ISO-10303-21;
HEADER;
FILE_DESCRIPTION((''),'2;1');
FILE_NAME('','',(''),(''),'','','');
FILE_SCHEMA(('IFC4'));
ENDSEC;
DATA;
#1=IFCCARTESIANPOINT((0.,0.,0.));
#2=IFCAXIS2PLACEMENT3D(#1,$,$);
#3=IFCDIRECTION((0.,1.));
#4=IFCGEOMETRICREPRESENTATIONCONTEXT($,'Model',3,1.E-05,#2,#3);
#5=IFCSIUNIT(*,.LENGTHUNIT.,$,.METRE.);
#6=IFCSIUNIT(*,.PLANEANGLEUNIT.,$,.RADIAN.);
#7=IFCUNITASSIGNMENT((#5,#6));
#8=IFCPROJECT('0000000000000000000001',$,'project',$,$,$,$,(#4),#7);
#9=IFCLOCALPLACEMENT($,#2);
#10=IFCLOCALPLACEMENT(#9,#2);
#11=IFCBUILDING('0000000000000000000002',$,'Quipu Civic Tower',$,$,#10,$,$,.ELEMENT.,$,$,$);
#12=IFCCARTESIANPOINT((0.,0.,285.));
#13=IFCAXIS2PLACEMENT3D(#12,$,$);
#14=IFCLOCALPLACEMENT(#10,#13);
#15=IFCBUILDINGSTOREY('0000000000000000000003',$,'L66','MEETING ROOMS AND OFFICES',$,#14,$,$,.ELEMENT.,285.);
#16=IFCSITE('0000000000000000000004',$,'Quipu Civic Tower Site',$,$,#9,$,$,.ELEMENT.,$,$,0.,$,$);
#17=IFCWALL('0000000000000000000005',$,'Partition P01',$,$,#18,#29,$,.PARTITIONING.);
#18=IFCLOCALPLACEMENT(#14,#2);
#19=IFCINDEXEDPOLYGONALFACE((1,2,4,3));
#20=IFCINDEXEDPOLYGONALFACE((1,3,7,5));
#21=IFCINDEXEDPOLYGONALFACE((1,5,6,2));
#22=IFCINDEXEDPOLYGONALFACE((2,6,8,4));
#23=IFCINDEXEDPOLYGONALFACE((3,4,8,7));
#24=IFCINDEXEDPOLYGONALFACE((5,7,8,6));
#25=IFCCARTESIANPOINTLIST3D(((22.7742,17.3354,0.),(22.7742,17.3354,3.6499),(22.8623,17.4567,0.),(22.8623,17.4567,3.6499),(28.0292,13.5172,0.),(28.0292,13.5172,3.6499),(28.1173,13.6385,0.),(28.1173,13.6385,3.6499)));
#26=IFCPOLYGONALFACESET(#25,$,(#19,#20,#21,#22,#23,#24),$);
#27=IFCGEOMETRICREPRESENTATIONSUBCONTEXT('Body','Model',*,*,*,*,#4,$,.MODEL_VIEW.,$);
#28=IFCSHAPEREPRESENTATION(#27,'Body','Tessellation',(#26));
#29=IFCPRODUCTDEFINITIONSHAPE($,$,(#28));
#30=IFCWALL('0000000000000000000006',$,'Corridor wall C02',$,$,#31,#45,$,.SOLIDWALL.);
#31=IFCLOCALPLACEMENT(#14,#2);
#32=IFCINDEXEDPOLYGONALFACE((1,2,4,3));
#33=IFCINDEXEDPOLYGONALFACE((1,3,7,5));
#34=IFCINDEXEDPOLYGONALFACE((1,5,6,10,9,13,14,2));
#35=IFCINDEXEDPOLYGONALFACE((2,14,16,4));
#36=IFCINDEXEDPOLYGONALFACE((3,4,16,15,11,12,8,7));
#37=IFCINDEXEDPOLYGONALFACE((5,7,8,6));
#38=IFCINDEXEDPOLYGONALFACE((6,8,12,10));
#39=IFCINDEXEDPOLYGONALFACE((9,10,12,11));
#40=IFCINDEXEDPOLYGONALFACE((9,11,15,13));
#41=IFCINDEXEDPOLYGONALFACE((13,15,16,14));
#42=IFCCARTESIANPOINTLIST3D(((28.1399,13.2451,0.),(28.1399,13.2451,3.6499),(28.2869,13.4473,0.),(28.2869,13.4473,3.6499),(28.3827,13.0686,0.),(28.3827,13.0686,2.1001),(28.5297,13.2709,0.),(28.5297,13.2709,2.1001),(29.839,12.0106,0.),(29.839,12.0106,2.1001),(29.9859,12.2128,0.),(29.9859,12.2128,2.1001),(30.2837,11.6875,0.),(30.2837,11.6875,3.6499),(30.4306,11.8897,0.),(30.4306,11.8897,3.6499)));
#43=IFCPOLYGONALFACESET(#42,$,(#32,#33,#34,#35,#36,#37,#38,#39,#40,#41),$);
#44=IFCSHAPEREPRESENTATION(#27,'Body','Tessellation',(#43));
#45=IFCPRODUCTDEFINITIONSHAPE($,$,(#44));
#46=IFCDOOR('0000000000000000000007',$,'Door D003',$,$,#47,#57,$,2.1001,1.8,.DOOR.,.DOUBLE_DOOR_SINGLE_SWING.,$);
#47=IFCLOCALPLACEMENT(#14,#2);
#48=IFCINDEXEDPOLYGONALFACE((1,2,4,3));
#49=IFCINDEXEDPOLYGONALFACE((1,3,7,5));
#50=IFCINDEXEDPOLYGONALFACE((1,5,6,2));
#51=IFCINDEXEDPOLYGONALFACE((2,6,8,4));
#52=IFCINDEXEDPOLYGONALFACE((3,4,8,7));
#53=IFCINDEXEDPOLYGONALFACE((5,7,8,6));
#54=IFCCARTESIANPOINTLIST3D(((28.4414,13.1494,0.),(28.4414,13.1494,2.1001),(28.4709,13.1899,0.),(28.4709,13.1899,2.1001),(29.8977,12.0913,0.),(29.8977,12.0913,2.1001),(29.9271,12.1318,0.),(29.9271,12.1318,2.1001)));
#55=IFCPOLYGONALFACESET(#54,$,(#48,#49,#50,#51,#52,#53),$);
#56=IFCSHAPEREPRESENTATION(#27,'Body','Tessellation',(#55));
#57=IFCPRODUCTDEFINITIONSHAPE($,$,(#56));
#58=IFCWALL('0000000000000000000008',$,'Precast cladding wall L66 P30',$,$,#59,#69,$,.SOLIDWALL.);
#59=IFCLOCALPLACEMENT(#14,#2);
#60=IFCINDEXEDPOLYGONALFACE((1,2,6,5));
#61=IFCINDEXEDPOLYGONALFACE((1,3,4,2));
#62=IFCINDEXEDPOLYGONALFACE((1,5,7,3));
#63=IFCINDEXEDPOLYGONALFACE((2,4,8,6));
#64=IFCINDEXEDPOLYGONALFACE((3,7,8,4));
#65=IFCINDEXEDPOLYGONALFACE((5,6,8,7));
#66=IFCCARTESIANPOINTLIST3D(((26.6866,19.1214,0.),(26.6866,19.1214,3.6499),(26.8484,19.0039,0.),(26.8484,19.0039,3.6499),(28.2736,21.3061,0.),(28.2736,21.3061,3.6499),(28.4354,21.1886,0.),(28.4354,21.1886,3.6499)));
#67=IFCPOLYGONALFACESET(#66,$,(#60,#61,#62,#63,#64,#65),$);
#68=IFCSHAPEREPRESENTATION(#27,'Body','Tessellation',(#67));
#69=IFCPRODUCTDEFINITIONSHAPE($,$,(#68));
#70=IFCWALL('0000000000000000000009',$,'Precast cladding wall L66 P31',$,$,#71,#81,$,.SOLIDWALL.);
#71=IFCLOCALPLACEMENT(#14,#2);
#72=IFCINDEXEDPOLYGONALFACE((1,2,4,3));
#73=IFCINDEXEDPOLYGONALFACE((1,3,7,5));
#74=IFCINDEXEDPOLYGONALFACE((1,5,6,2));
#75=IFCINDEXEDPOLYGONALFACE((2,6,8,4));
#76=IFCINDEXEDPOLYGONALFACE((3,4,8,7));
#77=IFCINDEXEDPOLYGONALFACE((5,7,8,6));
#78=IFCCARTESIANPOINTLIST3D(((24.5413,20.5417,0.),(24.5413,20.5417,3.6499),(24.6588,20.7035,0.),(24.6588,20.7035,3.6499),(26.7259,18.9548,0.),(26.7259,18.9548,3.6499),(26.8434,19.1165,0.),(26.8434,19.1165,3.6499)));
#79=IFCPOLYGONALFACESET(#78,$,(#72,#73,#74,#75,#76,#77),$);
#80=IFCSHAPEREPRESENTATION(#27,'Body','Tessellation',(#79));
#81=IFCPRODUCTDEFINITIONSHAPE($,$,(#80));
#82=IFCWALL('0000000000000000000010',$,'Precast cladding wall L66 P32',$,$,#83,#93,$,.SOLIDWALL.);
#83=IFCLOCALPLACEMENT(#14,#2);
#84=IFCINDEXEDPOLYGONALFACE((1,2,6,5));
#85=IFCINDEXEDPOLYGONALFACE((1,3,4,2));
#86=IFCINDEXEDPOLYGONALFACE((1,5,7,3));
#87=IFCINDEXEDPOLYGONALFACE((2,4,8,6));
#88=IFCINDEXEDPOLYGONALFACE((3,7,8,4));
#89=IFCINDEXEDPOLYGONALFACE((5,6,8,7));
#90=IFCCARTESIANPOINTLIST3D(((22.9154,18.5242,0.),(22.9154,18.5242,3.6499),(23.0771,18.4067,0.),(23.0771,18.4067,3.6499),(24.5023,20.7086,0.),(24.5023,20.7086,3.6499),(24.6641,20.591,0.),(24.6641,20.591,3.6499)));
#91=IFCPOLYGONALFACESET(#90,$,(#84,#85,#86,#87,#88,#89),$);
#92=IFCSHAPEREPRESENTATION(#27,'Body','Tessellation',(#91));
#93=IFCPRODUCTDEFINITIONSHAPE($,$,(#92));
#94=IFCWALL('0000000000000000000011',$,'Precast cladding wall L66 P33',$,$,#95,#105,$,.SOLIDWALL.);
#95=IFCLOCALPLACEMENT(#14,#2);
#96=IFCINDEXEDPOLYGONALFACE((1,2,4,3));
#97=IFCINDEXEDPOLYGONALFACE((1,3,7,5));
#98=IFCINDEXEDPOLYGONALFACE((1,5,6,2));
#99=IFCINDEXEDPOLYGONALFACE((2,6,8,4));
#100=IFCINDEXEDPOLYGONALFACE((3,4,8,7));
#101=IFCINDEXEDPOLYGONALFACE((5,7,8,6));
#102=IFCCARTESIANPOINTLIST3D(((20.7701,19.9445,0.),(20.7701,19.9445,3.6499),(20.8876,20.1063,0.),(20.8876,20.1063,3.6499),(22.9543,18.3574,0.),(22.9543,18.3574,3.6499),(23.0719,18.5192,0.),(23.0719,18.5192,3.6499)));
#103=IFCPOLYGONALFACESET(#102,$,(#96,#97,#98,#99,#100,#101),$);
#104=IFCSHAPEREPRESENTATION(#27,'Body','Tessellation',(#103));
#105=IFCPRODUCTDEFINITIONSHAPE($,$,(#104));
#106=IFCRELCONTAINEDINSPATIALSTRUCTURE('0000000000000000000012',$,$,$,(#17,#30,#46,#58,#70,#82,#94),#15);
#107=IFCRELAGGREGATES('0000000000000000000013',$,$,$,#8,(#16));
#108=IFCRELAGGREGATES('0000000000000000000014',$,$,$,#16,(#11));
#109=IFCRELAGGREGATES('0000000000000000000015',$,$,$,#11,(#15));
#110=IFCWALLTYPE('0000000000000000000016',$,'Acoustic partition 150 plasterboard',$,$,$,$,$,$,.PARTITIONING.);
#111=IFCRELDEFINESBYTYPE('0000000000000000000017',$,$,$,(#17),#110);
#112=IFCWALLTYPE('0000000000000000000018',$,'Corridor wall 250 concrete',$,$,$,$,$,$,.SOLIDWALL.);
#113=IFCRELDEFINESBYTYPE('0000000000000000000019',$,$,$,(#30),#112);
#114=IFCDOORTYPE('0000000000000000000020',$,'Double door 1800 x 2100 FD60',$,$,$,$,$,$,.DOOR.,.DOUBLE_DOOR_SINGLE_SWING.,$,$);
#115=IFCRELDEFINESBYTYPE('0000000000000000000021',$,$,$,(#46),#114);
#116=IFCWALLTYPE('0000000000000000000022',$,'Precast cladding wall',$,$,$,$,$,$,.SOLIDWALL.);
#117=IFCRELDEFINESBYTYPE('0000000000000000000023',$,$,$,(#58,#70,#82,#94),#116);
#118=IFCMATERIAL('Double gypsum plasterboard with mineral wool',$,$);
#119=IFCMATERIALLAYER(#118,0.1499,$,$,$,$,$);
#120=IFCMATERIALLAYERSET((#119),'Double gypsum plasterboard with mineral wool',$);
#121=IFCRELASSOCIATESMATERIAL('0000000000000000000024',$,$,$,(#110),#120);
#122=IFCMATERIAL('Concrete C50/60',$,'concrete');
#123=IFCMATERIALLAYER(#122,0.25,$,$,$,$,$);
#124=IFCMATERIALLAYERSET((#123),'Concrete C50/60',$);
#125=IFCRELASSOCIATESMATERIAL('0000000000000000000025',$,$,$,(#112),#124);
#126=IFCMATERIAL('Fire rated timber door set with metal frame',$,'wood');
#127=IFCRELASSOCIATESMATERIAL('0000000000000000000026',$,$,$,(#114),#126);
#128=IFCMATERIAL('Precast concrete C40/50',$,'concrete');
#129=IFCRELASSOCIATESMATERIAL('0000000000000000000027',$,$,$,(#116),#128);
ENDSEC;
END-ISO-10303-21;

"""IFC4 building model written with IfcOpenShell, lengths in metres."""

from ifc_helpers import new_model, si_unit, direction, frame, frame_2d, origin, place, context, subcontext, project, spatial, rectangle, extrude, material, layer, layer_set, type_object, element, fill, save


model = new_model("IFC4")

# Units and contexts
model_context = context("Model", 3, precision=1e-05, world=origin(), true_north=direction((0.0, 1.0)))
body_context = subcontext(model_context, "Body", "Model", "MODEL_VIEW")
ifc_project = project(units=[si_unit("LENGTHUNIT", "METRE"), si_unit("PLANEANGLEUNIT", "RADIAN")], contexts=[model_context])

# Site, building, storey
site_placement = place(None, origin())
site = spatial("IfcSite", under=ifc_project, at=site_placement, Name="Quipu Civic Tower Site", CompositionType="ELEMENT", RefElevation=0.0)
building_placement = place(site_placement, origin())
building = spatial("IfcBuilding", under=site, at=building_placement, Name="Quipu Civic Tower", CompositionType="ELEMENT")
storey_placement = place(building_placement, frame((0.0, 0.0, 285.0)))
storey = spatial("IfcBuildingStorey", under=building, at=storey_placement, Name="L66", Description="MEETING ROOMS AND OFFICES", CompositionType="ELEMENT", Elevation=285.0)

# Wall
ifc_material_1 = material(Name="Double gypsum plasterboard with mineral wool")
ifc_layer_1 = layer(ifc_material_1, 0.1499)
ifc_layer_set_1 = layer_set([ifc_layer_1], Name="Double gypsum plasterboard with mineral wool")
wall_type_1 = type_object("IfcWallType", Name="Acoustic partition 150 plasterboard", PredefinedType="PARTITIONING", material=ifc_layer_set_1)
wall_1_placement = place(storey_placement, frame((28.0732, 13.5779, 0.0), z_axis=(0.0, 0.0, 1.0), x_axis=(-0.809001, 0.587807, 0.0)))
element("IfcWall", 1, at=wall_1_placement, inside=storey, type_object=wall_type_1, Name="Partition P01", PredefinedType="PARTITIONING", context=body_context, shape_type="SweptSolid", body=[
    extrude(rectangle(XDim=6.4956, YDim=0.1499, at=frame_2d((3.2478, 0.0))), origin(), (0.0, 0.0, 1.0), 3.6499),
])

# Wall, opening, door
ifc_material_2 = material(Name="Concrete C50/60", Category="concrete")
ifc_layer_2 = layer(ifc_material_2, 0.25)
ifc_layer_set_2 = layer_set([ifc_layer_2], Name="Concrete C50/60")
wall_type_2 = type_object("IfcWallType", Name="Corridor wall 250 concrete", PredefinedType="SOLIDWALL", material=ifc_layer_set_2)
wall_2_placement = place(storey_placement, frame((28.2134, 13.3462, 0.0), z_axis=(0.0, 0.0, 1.0), x_axis=(0.809007, -0.587799, 0.0)))
wall_2 = element("IfcWall", 2, at=wall_2_placement, inside=storey, type_object=wall_type_2, Name="Corridor wall C02", PredefinedType="SOLIDWALL", context=body_context, shape_type="SweptSolid", body=[
    extrude(rectangle(XDim=2.6499, YDim=0.25, at=frame_2d((1.325, 0.0))), origin(), (0.0, 0.0, 1.0), 3.6499),
])
opening_placement = place(wall_2_placement, frame((0.3003, 0.0, 0.0)))
opening = element("IfcOpeningElement", 3, at=opening_placement, cuts=wall_2, PredefinedType="OPENING", context=body_context, shape_type="SweptSolid", body=[
    extrude(rectangle(XDim=1.8, YDim=2.1001, at=frame_2d((0.8999, 1.05))), frame((0.0, 0.135, 0.0), z_axis=(0.0, -1.0, 0.0), x_axis=(1.0, 0.0, 0.0)), (0.0, 0.0, 1.0), 0.27),
])
ifc_material_3 = material(Name="Fire rated timber door set with metal frame", Category="wood")
door_type = type_object("IfcDoorType", Name="Double door 1800 x 2100 FD60", OperationType="DOUBLE_DOOR_SINGLE_SWING", PredefinedType="DOOR", material=ifc_material_3)
door_placement = place(opening_placement, origin())
door = element("IfcDoor", 4, at=door_placement, inside=storey, type_object=door_type, Name="Door D003", OperationType="DOUBLE_DOOR_SINGLE_SWING", OverallHeight=2.1001, OverallWidth=1.8, PredefinedType="DOOR", context=body_context, shape_type="SweptSolid", body=[
    extrude(rectangle(XDim=1.8, YDim=2.1001, at=frame_2d((0.8999, 1.05))), frame((0.0, 0.0249, 0.0), z_axis=(0.0, -1.0, 0.0), x_axis=(1.0, 0.0, 0.0)), (0.0, 0.0, 1.0), 0.05),
])
fill(opening, door)

# Walls
ifc_material_4 = material(Name="Precast concrete C40/50", Category="concrete")
wall_type_3 = type_object("IfcWallType", Name="Precast cladding wall", PredefinedType="SOLIDWALL", material=ifc_material_4)
for number, where, z_axis, x_axis, name in (
    (5, (28.3545, 21.2473, 0.0), (0.0, 0.0, 1.0), (-0.58772, -0.809064, 0.0), "Precast cladding wall L66 P30"),
    (6, (26.7847, 19.0356, 0.0), (0.0, 0.0, 1.0), (-0.809064, 0.58772, 0.0), "Precast cladding wall L66 P31"),
):
    element("IfcWall", number, at=place(storey_placement, frame(where, z_axis=z_axis, x_axis=x_axis)), inside=storey, type_object=wall_type_3, Name=name, PredefinedType="SOLIDWALL", context=body_context, shape_type="SweptSolid", body=[
        extrude(rectangle(XDim=2.7002, YDim=0.2, at=frame_2d((1.3501, 0.0))), origin(), (0.0, 0.0, 1.0), 3.6499),
    ])
for number, where, z_axis, x_axis, name in (
    (7, (24.5833, 20.6499, 0.0), (0.0, 0.0, 1.0), (-0.587763, -0.809033, 0.0), "Precast cladding wall L66 P32"),
    (8, (23.0132, 18.4382, 0.0), (0.0, 0.0, 1.0), (-0.80899, 0.587822, 0.0), "Precast cladding wall L66 P33"),
):
    element("IfcWall", number, at=place(storey_placement, frame(where, z_axis=z_axis, x_axis=x_axis)), inside=storey, type_object=wall_type_3, Name=name, PredefinedType="SOLIDWALL", context=body_context, shape_type="SweptSolid", body=[
        extrude(rectangle(XDim=2.7, YDim=0.2, at=frame_2d((1.3501, 0.0))), origin(), (0.0, 0.0, 1.0), 3.6499),
    ])

save(model, "model.ifc")
